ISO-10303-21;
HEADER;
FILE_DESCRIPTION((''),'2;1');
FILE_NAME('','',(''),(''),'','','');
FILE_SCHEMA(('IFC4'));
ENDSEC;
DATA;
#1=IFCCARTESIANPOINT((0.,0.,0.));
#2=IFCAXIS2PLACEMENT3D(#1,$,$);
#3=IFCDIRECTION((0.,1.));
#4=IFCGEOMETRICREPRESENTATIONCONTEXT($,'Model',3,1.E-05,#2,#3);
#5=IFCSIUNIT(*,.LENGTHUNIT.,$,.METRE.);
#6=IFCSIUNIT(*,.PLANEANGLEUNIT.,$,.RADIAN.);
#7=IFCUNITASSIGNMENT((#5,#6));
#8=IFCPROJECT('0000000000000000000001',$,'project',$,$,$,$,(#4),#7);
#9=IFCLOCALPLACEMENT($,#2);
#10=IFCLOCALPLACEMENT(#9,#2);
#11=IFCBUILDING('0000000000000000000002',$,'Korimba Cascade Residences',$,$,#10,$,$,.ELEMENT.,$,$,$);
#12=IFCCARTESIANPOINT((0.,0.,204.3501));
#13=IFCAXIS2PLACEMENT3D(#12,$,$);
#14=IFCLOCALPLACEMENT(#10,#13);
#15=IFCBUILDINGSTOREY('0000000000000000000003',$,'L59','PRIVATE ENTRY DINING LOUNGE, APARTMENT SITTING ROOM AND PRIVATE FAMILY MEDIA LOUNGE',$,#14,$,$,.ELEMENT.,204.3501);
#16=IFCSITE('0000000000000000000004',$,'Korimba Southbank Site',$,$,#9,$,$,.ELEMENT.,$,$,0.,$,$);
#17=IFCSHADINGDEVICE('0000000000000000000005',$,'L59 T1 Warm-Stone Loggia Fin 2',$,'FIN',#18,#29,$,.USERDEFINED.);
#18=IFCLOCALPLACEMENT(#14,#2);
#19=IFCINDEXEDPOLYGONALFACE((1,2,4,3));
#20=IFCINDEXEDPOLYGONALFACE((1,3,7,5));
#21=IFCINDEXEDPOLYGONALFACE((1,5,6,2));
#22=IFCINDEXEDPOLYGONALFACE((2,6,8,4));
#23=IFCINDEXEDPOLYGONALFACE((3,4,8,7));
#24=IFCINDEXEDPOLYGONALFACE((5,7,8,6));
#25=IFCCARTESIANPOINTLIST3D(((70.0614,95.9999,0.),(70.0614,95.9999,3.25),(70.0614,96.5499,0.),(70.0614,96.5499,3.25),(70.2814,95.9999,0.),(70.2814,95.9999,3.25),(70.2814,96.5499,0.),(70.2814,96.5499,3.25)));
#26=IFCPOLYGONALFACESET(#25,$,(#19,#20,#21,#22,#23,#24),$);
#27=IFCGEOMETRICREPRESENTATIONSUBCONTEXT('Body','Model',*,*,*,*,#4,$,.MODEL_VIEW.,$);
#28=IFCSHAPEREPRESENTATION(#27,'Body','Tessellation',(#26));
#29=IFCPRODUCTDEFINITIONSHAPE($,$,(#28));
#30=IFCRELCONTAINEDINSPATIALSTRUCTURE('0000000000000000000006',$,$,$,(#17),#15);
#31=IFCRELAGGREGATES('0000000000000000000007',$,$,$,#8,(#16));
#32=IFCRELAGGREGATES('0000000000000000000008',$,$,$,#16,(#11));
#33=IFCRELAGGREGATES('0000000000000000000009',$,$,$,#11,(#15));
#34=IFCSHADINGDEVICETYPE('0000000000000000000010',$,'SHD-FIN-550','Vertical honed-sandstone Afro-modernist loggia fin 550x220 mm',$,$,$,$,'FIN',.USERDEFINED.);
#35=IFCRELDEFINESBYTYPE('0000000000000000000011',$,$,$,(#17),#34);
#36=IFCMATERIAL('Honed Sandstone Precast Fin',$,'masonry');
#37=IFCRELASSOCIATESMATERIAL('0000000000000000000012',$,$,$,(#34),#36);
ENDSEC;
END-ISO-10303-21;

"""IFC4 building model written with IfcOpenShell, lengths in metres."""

from ifc_helpers import new_model, si_unit, direction, frame, origin, origin_2d, place, context, subcontext, project, spatial, rectangle, extrude, material, type_object, element, save


model = new_model("IFC4")

# Units and contexts
model_context = context("Model", 3, precision=1e-05, world=origin(), true_north=direction((0.0, 1.0)))
body_context = subcontext(model_context, "Body", "Model", "MODEL_VIEW")
ifc_project = project(units=[si_unit("LENGTHUNIT", "METRE"), si_unit("PLANEANGLEUNIT", "RADIAN")], contexts=[model_context])

# Site, building, storey
site_placement = place(None, origin())
site = spatial("IfcSite", under=ifc_project, at=site_placement, Name="Korimba Southbank Site", CompositionType="ELEMENT", RefElevation=0.0)
building_placement = place(site_placement, origin())
building = spatial("IfcBuilding", under=site, at=building_placement, Name="Korimba Cascade Residences", CompositionType="ELEMENT")
storey_placement = place(building_placement, frame((0.0, 0.0, 204.3501)))
storey = spatial("IfcBuildingStorey", under=building, at=storey_placement, Name="L59", Description="PRIVATE ENTRY DINING LOUNGE, APARTMENT SITTING ROOM AND PRIVATE FAMILY MEDIA LOUNGE", CompositionType="ELEMENT", Elevation=204.3501)

# Shading device
ifc_material_1 = material(Name="Honed Sandstone Precast Fin", Category="masonry")
shading_device_type = type_object("IfcShadingDeviceType", Name="SHD-FIN-550", Description="Vertical honed-sandstone Afro-modernist loggia fin 550x220 mm", ElementType="FIN", PredefinedType="USERDEFINED", material=ifc_material_1)
for number, where, z_axis, x_axis, name in (
    (1, (70.1714, 96.2749, 0.0), (0.0, 0.0, 1.0), (1.0, 0.0, 0.0), "L59 T1 Warm-Stone Loggia Fin 2"),
):
    element("IfcShadingDevice", number, at=place(storey_placement, frame(where, z_axis=z_axis, x_axis=x_axis)), inside=storey, type_object=shading_device_type, Name=name, ObjectType="FIN", PredefinedType="USERDEFINED", context=body_context, shape_type="SweptSolid", body=[
        extrude(rectangle(XDim=0.22, YDim=0.55, at=origin_2d()), origin(), (0.0, 0.0, 1.0), 3.25),
    ])

save(model, "model.ifc")
